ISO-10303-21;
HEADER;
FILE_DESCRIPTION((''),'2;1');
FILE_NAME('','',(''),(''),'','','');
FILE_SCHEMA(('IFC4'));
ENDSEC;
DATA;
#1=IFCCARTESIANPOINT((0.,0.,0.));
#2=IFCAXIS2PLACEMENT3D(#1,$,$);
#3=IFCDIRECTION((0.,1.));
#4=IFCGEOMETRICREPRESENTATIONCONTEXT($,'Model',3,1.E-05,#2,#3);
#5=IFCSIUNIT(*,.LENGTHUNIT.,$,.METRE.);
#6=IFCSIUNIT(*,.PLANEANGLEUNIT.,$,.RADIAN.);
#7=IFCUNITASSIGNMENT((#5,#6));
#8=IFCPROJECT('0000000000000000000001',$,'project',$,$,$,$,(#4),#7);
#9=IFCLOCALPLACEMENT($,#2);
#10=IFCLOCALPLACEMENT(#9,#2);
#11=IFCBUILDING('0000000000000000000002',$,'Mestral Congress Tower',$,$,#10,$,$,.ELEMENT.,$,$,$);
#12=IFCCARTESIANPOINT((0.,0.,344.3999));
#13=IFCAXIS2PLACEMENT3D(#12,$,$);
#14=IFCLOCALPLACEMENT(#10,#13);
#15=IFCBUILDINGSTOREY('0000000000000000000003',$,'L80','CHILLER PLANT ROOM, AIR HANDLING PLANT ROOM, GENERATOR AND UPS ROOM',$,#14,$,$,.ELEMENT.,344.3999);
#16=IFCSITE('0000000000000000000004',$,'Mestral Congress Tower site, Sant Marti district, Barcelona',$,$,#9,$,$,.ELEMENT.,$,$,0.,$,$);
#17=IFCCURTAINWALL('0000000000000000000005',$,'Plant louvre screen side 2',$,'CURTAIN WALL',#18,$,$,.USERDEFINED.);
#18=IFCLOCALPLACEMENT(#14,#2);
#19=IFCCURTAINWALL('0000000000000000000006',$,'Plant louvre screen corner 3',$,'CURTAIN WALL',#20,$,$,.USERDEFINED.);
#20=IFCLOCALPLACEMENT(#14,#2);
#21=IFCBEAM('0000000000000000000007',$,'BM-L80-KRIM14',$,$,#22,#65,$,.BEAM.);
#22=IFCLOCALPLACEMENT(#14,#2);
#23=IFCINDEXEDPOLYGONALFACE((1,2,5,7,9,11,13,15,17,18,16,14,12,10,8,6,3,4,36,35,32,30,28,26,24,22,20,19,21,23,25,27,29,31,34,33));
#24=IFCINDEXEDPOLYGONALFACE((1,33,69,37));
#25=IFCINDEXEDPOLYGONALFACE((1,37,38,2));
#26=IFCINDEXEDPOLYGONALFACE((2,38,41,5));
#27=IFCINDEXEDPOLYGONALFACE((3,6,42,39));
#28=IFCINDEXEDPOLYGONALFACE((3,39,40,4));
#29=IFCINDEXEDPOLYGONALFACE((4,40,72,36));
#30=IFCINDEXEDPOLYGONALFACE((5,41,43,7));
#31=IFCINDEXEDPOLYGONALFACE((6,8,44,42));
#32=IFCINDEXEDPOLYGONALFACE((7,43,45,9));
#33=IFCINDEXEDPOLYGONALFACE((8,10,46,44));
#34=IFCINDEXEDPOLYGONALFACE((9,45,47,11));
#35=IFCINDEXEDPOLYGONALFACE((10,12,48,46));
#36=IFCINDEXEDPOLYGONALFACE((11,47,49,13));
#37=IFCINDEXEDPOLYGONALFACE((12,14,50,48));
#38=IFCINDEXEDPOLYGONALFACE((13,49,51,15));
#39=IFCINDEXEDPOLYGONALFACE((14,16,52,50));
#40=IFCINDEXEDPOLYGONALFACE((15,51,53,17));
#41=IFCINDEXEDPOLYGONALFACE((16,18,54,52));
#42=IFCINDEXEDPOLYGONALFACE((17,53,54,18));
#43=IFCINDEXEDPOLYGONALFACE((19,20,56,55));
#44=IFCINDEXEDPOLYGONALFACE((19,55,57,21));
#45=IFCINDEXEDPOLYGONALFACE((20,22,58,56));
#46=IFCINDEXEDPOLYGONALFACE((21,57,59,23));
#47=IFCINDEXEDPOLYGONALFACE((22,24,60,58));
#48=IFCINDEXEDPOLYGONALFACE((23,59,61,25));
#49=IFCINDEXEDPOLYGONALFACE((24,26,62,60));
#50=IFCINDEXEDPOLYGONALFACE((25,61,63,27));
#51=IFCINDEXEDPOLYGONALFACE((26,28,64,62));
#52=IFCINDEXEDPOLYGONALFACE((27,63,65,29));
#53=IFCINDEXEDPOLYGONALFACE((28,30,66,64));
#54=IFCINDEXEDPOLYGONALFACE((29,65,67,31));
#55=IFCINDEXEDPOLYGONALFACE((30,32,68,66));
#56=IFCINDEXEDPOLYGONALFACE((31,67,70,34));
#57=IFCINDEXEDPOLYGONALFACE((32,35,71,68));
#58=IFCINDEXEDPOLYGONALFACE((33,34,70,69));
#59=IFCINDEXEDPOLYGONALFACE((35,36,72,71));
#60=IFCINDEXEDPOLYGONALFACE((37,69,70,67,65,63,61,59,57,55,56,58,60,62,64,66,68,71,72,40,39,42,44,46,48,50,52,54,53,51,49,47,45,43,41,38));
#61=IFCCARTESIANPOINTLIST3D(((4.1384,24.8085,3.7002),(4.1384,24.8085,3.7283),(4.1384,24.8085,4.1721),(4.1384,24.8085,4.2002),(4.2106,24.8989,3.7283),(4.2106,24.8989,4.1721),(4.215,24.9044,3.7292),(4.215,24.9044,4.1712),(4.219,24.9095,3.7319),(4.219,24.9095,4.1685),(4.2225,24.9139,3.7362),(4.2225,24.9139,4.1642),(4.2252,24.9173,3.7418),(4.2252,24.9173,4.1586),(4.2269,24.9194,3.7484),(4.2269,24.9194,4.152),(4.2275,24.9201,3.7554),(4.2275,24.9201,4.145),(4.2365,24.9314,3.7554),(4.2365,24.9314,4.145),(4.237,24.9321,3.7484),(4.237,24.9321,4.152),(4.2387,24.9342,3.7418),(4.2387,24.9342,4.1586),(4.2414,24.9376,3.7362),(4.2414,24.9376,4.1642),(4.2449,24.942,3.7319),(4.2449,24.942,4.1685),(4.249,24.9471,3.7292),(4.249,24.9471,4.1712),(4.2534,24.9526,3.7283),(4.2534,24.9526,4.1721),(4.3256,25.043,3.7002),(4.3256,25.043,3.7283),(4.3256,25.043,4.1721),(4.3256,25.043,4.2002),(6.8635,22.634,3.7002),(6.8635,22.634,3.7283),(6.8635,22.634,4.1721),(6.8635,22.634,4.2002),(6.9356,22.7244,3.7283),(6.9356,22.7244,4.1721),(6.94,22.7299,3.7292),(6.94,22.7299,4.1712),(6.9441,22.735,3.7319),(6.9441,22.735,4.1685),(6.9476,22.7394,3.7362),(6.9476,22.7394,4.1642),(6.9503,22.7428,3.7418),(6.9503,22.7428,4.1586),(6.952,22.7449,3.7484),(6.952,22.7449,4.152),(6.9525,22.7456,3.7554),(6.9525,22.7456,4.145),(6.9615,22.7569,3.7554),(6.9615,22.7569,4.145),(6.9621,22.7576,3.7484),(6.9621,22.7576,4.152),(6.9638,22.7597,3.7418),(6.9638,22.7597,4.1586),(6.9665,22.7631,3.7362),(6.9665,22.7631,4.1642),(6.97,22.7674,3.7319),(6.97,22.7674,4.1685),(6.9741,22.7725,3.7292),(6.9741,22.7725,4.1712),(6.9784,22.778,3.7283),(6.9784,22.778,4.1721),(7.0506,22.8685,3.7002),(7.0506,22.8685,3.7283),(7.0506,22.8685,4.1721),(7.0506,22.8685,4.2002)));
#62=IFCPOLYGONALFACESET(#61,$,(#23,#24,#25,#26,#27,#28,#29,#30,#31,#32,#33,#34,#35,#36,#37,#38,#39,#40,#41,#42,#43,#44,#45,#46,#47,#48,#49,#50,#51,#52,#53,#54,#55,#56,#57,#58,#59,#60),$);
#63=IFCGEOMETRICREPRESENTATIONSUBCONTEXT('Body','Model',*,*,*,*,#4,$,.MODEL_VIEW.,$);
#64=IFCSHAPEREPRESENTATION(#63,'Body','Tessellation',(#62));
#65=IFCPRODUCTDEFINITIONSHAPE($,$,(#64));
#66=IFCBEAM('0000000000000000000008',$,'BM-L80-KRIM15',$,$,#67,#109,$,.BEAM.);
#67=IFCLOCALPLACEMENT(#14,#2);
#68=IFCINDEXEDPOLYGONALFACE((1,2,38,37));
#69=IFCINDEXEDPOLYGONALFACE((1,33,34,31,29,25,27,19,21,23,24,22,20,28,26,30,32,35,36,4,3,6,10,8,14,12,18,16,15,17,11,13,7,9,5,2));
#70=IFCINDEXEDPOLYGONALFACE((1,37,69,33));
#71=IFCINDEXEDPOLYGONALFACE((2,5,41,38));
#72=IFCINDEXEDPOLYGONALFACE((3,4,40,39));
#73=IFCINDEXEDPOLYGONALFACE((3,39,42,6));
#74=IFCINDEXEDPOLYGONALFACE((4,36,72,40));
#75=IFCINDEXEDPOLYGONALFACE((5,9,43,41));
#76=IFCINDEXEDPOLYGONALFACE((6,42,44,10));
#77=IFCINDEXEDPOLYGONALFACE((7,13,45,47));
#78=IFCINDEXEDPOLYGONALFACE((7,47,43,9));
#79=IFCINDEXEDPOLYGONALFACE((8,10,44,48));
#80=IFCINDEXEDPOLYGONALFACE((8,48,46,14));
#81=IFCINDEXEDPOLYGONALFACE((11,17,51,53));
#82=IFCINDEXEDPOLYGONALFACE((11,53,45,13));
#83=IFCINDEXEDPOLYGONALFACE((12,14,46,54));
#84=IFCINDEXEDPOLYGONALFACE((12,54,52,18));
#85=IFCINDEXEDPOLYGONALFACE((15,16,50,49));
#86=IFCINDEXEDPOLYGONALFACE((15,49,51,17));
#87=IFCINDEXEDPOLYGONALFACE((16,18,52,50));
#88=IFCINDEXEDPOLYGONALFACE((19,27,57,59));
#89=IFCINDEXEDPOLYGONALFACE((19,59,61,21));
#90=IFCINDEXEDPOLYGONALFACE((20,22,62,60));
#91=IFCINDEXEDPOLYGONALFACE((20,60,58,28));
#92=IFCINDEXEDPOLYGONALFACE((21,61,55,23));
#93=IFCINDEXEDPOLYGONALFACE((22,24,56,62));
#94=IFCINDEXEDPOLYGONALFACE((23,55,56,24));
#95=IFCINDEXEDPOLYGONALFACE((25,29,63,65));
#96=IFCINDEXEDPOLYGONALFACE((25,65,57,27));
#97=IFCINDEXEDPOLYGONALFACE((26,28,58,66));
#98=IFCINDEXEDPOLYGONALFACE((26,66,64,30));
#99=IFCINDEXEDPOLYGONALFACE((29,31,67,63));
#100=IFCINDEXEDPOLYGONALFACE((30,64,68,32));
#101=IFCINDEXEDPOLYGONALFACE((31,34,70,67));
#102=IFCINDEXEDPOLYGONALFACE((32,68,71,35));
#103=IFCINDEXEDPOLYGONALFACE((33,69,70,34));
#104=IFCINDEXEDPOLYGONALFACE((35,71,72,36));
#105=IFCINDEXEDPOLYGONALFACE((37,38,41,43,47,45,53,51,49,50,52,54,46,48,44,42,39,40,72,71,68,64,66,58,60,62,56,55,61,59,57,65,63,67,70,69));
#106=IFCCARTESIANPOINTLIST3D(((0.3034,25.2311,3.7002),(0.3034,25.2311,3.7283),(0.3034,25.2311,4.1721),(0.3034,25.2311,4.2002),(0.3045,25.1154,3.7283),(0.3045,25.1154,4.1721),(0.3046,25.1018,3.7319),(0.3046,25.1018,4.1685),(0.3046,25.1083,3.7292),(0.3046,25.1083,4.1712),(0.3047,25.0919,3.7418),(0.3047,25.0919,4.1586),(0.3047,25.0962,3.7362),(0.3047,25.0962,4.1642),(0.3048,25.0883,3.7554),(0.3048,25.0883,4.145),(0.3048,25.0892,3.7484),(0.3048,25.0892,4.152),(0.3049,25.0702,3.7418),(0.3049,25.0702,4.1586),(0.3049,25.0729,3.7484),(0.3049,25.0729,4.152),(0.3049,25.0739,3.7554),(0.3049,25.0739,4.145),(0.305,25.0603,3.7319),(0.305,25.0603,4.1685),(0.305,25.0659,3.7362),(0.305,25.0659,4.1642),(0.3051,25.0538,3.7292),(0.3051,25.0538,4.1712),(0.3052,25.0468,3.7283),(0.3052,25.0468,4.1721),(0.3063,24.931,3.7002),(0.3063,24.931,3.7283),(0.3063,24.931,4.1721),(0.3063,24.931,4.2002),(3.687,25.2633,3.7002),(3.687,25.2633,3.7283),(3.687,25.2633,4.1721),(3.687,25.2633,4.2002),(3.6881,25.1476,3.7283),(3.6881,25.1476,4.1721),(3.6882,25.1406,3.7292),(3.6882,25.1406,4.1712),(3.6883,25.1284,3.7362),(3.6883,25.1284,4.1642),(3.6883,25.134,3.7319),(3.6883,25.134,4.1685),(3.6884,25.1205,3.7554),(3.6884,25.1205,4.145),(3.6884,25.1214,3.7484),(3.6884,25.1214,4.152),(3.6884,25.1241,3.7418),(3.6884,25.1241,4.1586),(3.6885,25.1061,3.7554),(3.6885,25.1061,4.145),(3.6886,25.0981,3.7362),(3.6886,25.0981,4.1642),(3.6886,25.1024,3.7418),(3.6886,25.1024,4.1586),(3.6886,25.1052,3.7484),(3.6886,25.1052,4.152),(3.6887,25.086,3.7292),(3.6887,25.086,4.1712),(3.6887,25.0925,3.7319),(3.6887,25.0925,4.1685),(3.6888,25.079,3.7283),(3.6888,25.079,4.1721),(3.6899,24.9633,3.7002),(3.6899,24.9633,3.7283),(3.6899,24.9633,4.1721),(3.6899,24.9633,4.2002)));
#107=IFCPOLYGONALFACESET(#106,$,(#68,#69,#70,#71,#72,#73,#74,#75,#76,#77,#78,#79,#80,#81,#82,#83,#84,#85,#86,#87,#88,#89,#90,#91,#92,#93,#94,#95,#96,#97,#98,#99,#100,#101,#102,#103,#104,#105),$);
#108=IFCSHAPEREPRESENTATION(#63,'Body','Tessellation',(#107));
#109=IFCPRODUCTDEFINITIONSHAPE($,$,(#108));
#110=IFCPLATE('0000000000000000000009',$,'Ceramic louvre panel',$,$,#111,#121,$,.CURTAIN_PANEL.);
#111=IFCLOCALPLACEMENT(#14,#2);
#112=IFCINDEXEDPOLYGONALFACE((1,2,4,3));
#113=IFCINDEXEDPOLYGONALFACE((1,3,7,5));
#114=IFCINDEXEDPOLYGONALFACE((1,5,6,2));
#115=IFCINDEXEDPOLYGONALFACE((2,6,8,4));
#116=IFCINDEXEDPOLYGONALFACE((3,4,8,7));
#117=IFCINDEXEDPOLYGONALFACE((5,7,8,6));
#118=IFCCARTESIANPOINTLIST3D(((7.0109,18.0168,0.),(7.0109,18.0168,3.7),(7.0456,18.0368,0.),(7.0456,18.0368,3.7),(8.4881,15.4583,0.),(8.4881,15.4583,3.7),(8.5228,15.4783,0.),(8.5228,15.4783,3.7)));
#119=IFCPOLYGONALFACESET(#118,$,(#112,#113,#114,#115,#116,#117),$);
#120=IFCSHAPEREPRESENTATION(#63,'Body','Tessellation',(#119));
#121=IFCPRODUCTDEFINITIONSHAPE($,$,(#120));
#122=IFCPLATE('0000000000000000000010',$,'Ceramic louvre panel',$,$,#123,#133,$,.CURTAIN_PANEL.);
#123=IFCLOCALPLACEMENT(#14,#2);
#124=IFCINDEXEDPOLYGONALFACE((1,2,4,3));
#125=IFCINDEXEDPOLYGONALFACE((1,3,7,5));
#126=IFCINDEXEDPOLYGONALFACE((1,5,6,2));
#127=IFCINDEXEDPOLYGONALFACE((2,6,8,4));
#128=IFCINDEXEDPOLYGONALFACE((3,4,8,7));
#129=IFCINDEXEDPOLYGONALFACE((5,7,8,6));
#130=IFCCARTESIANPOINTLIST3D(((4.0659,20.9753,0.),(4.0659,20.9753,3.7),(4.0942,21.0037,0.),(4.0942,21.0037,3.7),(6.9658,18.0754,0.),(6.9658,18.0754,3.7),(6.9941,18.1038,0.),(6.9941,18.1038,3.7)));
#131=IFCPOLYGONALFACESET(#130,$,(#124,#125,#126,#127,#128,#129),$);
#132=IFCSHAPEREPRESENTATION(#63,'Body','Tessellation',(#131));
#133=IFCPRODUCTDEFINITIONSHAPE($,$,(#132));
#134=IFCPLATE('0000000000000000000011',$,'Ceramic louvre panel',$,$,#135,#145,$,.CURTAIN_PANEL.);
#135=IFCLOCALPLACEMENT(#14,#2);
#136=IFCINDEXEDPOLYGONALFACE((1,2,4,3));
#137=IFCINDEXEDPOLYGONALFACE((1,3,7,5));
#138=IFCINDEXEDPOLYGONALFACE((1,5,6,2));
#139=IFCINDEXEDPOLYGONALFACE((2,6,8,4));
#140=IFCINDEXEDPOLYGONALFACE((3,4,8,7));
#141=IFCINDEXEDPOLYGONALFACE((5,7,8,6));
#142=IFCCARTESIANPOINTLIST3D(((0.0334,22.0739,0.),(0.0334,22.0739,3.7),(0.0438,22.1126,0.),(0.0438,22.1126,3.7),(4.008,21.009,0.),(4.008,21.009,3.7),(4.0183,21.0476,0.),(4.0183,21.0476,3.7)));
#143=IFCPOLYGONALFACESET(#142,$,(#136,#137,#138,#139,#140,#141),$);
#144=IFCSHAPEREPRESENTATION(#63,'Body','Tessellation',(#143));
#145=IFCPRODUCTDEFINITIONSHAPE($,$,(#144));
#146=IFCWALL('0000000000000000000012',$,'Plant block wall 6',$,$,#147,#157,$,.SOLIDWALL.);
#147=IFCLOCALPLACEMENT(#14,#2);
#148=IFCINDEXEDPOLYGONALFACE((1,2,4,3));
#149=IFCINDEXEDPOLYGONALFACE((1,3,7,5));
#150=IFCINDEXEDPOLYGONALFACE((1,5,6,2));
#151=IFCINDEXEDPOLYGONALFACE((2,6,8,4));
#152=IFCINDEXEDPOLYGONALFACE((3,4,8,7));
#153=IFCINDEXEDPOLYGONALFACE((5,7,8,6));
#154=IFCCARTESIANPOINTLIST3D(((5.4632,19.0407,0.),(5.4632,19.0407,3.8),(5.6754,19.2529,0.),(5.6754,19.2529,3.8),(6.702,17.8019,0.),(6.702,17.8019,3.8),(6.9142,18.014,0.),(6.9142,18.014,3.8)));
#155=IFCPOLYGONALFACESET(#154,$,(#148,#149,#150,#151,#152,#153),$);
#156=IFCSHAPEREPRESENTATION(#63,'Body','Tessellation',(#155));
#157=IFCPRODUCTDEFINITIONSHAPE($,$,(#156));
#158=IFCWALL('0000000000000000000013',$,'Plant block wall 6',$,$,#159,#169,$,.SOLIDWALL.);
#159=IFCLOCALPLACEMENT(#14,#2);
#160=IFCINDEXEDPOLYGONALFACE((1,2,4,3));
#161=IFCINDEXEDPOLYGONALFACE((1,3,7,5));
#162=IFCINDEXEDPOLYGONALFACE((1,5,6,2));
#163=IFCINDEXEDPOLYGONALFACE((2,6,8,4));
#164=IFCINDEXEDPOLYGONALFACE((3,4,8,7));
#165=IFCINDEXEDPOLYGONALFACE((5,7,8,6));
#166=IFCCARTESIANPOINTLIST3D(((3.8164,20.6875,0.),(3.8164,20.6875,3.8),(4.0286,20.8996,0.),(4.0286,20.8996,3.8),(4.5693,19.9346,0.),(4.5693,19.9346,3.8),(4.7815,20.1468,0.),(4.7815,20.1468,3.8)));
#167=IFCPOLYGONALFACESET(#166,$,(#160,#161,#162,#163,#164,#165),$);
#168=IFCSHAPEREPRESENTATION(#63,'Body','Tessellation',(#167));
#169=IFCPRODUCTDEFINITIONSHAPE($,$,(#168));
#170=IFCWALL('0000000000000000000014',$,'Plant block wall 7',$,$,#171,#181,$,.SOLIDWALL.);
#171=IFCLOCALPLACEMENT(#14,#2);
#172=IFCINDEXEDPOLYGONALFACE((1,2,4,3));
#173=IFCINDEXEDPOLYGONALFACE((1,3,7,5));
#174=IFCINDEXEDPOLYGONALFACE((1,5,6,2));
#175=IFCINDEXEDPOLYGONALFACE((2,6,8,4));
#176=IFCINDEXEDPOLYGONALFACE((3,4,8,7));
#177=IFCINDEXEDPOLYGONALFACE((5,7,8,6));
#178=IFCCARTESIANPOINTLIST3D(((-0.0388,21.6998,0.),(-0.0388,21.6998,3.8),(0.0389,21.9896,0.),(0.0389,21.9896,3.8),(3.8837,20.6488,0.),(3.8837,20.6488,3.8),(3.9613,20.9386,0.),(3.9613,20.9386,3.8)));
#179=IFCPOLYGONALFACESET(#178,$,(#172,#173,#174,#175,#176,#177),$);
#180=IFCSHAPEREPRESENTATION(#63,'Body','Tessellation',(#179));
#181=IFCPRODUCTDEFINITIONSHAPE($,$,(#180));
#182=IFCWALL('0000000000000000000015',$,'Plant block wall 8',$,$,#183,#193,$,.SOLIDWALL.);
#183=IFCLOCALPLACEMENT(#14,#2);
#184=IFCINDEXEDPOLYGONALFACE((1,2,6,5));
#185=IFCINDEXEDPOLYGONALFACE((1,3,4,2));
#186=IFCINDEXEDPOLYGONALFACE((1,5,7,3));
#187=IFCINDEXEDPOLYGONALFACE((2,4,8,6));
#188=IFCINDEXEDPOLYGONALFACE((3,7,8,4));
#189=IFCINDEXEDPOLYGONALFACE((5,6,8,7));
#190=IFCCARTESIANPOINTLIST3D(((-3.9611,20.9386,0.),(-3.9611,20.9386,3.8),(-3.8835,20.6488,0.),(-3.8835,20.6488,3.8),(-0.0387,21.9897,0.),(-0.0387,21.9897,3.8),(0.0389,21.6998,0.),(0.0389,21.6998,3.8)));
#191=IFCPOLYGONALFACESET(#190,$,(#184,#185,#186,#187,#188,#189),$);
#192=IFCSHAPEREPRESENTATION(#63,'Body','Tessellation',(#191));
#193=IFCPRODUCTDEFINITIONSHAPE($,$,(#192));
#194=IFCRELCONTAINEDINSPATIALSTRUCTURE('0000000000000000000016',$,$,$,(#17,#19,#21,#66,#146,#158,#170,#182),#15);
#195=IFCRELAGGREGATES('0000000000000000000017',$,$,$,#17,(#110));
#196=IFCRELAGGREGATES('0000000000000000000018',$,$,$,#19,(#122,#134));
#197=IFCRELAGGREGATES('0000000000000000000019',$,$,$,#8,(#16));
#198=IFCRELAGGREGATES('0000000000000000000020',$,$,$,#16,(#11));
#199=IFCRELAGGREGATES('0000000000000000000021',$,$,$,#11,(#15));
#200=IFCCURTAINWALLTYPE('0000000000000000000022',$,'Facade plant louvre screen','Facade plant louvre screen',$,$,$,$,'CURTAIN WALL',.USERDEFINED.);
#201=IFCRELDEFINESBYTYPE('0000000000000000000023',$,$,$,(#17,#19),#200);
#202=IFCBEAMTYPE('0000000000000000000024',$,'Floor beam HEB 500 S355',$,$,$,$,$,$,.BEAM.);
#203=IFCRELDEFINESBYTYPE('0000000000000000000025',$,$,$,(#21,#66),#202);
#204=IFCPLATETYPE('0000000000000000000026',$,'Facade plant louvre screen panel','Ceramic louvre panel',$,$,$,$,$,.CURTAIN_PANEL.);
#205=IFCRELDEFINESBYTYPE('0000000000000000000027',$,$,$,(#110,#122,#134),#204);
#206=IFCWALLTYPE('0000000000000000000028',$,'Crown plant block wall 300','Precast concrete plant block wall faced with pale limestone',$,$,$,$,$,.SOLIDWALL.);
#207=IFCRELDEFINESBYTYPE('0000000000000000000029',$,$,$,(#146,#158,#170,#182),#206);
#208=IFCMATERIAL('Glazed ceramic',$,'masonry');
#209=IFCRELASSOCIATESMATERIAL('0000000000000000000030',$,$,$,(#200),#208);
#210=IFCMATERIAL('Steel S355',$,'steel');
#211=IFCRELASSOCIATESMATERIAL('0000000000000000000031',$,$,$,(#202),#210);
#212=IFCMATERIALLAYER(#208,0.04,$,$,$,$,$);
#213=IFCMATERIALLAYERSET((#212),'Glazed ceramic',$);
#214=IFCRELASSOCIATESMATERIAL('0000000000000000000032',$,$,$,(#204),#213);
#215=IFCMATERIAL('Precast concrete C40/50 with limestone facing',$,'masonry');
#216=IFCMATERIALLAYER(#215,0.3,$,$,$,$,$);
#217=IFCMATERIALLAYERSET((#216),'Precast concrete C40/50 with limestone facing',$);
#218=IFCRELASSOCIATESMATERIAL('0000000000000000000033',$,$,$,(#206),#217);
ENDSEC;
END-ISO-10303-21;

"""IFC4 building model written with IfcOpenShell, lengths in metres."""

from ifc_helpers import new_model, si_unit, direction, frame, frame_2d, origin, origin_2d, place, context, subcontext, project, spatial, rectangle, i_section, extrude, material, layer, layer_set, material_profile, profile_set, type_object, element, aggregate, save


model = new_model("IFC4")

# Units and contexts
model_context = context("Model", 3, precision=1e-05, world=origin(), true_north=direction((0.0, 1.0)))
body_context = subcontext(model_context, "Body", "Model", "MODEL_VIEW")
ifc_project = project(units=[si_unit("LENGTHUNIT", "METRE"), si_unit("PLANEANGLEUNIT", "RADIAN")], contexts=[model_context])

# Site, building, storey
site_placement = place(None, origin())
site = spatial("IfcSite", under=ifc_project, at=site_placement, Name="Mestral Congress Tower site, Sant Marti district, Barcelona", CompositionType="ELEMENT", RefElevation=0.0)
building_placement = place(site_placement, origin())
building = spatial("IfcBuilding", under=site, at=building_placement, Name="Mestral Congress Tower", CompositionType="ELEMENT")
storey_placement = place(building_placement, frame((0.0, 0.0, 344.3999)))
storey = spatial("IfcBuildingStorey", under=building, at=storey_placement, Name="L80", Description="CHILLER PLANT ROOM, AIR HANDLING PLANT ROOM, GENERATOR AND UPS ROOM", CompositionType="ELEMENT", Elevation=344.3999)

# Shared definitions
ifc_material_1 = material(Name="Steel S355", Category="steel")

# Curtain wall
ifc_material_2 = material(Name="Glazed ceramic", Category="masonry")
curtain_wall_type = type_object("IfcCurtainWallType", Name="Facade plant louvre screen", Description="Facade plant louvre screen", ElementType="CURTAIN WALL", PredefinedType="USERDEFINED", material=ifc_material_2)
placement = place(storey_placement, origin())
curtain_wall_1 = element("IfcCurtainWall", 1, at=placement, inside=storey, type_object=curtain_wall_type, Name="Plant louvre screen side 2", ObjectType="CURTAIN WALL", PredefinedType="USERDEFINED")

# Curtain wall
curtain_wall_2 = element("IfcCurtainWall", 2, at=placement, inside=storey, type_object=curtain_wall_type, Name="Plant louvre screen corner 3", ObjectType="CURTAIN WALL", PredefinedType="USERDEFINED")

# Beams
ifc_material_profile_1 = material_profile(ifc_material_1, i_section(OverallWidth=0.3, OverallDepth=0.5, WebThickness=0.0144, FlangeThickness=0.0281, FilletRadius=0.0271, at=origin_2d()), Name="HEB 500")
ifc_profile_set_1 = profile_set([ifc_material_profile_1], Name="Steel S355")
beam_type_1 = type_object("IfcBeamType", Name="Floor beam HEB 500 S355", PredefinedType="BEAM", material=ifc_profile_set_1)
beam_1_placement = place(storey_placement, frame((6.957, 22.7512, 3.9502), z_axis=(-0.78164, 0.62373, 0.0), x_axis=(-0.62373, -0.78164, 0.0)))
element("IfcBeam", 3, at=beam_1_placement, inside=storey, type_object=beam_type_1, Name="BM-L80-KRIM14", PredefinedType="BEAM", context=body_context, shape_type="SweptSolid", body=[
    extrude(i_section(OverallWidth=0.3, OverallDepth=0.5, WebThickness=0.0144, FlangeThickness=0.0281, FilletRadius=0.0271, at=origin_2d()), origin(), (0.0, 0.0, 1.0), 3.4863),
])
beam_2_placement = place(storey_placement, frame((3.6885, 25.1133, 3.9502), z_axis=(-0.999955, -0.009524, 0.0), x_axis=(0.009524, -0.999955, 0.0)))
element("IfcBeam", 4, at=beam_2_placement, inside=storey, type_object=beam_type_1, Name="BM-L80-KRIM15", PredefinedType="BEAM", context=body_context, shape_type="SweptSolid", body=[
    extrude(i_section(OverallWidth=0.3, OverallDepth=0.5, WebThickness=0.0144, FlangeThickness=0.0281, FilletRadius=0.0271, at=origin_2d()), origin(), (0.0, 0.0, 1.0), 3.3838),
])

# Plates
ifc_layer_1 = layer(ifc_material_2, 0.04)
ifc_layer_set_1 = layer_set([ifc_layer_1], Name="Glazed ceramic")
plate_type = type_object("IfcPlateType", Name="Facade plant louvre screen panel", Description="Ceramic louvre panel", PredefinedType="CURTAIN_PANEL", material=ifc_layer_set_1)
plate_1_placement = place(storey_placement, frame((7.7668, 16.7476, 0.0), z_axis=(0.0, 0.0, 1.0), x_axis=(-0.500002, 0.866025, 0.0)))
plate_1 = element("IfcPlate", 5, at=plate_1_placement, type_object=plate_type, Name="Ceramic louvre panel", PredefinedType="CURTAIN_PANEL", context=body_context, shape_type="SweptSolid", body=[
    extrude(rectangle(XDim=2.9543, YDim=0.04, at=origin_2d()), origin(), (0.0, 0.0, 1.0), 3.7),
])
aggregate(curtain_wall_1, [plate_1])
plate_2_placement = place(storey_placement, frame((5.53, 19.5396, 0.0), z_axis=(0.0, 0.0, 1.0), x_axis=(-0.707107, 0.707107, 0.0)))
plate_2 = element("IfcPlate", 6, at=plate_2_placement, type_object=plate_type, Name="Ceramic louvre panel", PredefinedType="CURTAIN_PANEL", context=body_context, shape_type="SweptSolid", body=[
    extrude(rectangle(XDim=4.1011, YDim=0.04, at=origin_2d()), origin(), (0.0, 0.0, 1.0), 3.7),
])
plate_3_placement = place(storey_placement, frame((2.0259, 21.5608, 0.0), z_axis=(0.0, 0.0, 1.0), x_axis=(-0.965926, 0.258819, 0.0)))
plate_3 = element("IfcPlate", 7, at=plate_3_placement, type_object=plate_type, Name="Ceramic louvre panel", PredefinedType="CURTAIN_PANEL", context=body_context, shape_type="SweptSolid", body=[
    extrude(rectangle(XDim=4.1147, YDim=0.04, at=origin_2d()), origin(), (0.0, 0.0, 1.0), 3.7),
])
aggregate(curtain_wall_2, [plate_2, plate_3])

# Walls
ifc_material_3 = material(Name="Precast concrete C40/50 with limestone facing", Category="masonry")
ifc_layer_2 = layer(ifc_material_3, 0.3)
ifc_layer_set_2 = layer_set([ifc_layer_2], Name="Precast concrete C40/50 with limestone facing")
wall_type_1 = type_object("IfcWallType", Name="Crown plant block wall 300", Description="Precast concrete plant block wall faced with pale limestone", PredefinedType="SOLIDWALL", material=ifc_layer_set_2)
wall_1_placement = place(storey_placement, frame((6.8081, 17.908, 0.0), z_axis=(0.0, 0.0, 1.0), x_axis=(-0.707107, 0.707107, 0.0)))
element("IfcWall", 8, at=wall_1_placement, inside=storey, type_object=wall_type_1, Name="Plant block wall 6", PredefinedType="SOLIDWALL", context=body_context, shape_type="SweptSolid", body=[
    extrude(rectangle(XDim=1.752, YDim=0.3, at=frame_2d((0.876, 0.0))), origin(), (0.0, 0.0, 1.0), 3.8),
])
wall_2_placement = place(storey_placement, frame((4.6753, 20.0408, 0.0), z_axis=(0.0, 0.0, 1.0), x_axis=(-0.707107, 0.707107, 0.0)))
element("IfcWall", 9, at=wall_2_placement, inside=storey, type_object=wall_type_1, Name="Plant block wall 6", PredefinedType="SOLIDWALL", context=body_context, shape_type="SweptSolid", body=[
    extrude(rectangle(XDim=1.0647, YDim=0.3, at=frame_2d((0.5322, 0.0))), origin(), (0.0, 0.0, 1.0), 3.8),
])
for number, where, z_axis, x_axis, name in (
    (10, (3.9224, 20.7937, 0.0), (0.0, 0.0, 1.0), (-0.965924, 0.258826, 0.0), "Plant block wall 7"),
    (11, (0.0, 21.8447, 0.0), (0.0, 0.0, 1.0), (-0.965924, -0.258826, 0.0), "Plant block wall 8"),
):
    element("IfcWall", number, at=place(storey_placement, frame(where, z_axis=z_axis, x_axis=x_axis)), inside=storey, type_object=wall_type_1, Name=name, PredefinedType="SOLIDWALL", context=body_context, shape_type="SweptSolid", body=[
        extrude(rectangle(XDim=4.0608, YDim=0.3, at=frame_2d((2.0303, 0.0))), origin(), (0.0, 0.0, 1.0), 3.8),
    ])

save(model, "model.ifc")
